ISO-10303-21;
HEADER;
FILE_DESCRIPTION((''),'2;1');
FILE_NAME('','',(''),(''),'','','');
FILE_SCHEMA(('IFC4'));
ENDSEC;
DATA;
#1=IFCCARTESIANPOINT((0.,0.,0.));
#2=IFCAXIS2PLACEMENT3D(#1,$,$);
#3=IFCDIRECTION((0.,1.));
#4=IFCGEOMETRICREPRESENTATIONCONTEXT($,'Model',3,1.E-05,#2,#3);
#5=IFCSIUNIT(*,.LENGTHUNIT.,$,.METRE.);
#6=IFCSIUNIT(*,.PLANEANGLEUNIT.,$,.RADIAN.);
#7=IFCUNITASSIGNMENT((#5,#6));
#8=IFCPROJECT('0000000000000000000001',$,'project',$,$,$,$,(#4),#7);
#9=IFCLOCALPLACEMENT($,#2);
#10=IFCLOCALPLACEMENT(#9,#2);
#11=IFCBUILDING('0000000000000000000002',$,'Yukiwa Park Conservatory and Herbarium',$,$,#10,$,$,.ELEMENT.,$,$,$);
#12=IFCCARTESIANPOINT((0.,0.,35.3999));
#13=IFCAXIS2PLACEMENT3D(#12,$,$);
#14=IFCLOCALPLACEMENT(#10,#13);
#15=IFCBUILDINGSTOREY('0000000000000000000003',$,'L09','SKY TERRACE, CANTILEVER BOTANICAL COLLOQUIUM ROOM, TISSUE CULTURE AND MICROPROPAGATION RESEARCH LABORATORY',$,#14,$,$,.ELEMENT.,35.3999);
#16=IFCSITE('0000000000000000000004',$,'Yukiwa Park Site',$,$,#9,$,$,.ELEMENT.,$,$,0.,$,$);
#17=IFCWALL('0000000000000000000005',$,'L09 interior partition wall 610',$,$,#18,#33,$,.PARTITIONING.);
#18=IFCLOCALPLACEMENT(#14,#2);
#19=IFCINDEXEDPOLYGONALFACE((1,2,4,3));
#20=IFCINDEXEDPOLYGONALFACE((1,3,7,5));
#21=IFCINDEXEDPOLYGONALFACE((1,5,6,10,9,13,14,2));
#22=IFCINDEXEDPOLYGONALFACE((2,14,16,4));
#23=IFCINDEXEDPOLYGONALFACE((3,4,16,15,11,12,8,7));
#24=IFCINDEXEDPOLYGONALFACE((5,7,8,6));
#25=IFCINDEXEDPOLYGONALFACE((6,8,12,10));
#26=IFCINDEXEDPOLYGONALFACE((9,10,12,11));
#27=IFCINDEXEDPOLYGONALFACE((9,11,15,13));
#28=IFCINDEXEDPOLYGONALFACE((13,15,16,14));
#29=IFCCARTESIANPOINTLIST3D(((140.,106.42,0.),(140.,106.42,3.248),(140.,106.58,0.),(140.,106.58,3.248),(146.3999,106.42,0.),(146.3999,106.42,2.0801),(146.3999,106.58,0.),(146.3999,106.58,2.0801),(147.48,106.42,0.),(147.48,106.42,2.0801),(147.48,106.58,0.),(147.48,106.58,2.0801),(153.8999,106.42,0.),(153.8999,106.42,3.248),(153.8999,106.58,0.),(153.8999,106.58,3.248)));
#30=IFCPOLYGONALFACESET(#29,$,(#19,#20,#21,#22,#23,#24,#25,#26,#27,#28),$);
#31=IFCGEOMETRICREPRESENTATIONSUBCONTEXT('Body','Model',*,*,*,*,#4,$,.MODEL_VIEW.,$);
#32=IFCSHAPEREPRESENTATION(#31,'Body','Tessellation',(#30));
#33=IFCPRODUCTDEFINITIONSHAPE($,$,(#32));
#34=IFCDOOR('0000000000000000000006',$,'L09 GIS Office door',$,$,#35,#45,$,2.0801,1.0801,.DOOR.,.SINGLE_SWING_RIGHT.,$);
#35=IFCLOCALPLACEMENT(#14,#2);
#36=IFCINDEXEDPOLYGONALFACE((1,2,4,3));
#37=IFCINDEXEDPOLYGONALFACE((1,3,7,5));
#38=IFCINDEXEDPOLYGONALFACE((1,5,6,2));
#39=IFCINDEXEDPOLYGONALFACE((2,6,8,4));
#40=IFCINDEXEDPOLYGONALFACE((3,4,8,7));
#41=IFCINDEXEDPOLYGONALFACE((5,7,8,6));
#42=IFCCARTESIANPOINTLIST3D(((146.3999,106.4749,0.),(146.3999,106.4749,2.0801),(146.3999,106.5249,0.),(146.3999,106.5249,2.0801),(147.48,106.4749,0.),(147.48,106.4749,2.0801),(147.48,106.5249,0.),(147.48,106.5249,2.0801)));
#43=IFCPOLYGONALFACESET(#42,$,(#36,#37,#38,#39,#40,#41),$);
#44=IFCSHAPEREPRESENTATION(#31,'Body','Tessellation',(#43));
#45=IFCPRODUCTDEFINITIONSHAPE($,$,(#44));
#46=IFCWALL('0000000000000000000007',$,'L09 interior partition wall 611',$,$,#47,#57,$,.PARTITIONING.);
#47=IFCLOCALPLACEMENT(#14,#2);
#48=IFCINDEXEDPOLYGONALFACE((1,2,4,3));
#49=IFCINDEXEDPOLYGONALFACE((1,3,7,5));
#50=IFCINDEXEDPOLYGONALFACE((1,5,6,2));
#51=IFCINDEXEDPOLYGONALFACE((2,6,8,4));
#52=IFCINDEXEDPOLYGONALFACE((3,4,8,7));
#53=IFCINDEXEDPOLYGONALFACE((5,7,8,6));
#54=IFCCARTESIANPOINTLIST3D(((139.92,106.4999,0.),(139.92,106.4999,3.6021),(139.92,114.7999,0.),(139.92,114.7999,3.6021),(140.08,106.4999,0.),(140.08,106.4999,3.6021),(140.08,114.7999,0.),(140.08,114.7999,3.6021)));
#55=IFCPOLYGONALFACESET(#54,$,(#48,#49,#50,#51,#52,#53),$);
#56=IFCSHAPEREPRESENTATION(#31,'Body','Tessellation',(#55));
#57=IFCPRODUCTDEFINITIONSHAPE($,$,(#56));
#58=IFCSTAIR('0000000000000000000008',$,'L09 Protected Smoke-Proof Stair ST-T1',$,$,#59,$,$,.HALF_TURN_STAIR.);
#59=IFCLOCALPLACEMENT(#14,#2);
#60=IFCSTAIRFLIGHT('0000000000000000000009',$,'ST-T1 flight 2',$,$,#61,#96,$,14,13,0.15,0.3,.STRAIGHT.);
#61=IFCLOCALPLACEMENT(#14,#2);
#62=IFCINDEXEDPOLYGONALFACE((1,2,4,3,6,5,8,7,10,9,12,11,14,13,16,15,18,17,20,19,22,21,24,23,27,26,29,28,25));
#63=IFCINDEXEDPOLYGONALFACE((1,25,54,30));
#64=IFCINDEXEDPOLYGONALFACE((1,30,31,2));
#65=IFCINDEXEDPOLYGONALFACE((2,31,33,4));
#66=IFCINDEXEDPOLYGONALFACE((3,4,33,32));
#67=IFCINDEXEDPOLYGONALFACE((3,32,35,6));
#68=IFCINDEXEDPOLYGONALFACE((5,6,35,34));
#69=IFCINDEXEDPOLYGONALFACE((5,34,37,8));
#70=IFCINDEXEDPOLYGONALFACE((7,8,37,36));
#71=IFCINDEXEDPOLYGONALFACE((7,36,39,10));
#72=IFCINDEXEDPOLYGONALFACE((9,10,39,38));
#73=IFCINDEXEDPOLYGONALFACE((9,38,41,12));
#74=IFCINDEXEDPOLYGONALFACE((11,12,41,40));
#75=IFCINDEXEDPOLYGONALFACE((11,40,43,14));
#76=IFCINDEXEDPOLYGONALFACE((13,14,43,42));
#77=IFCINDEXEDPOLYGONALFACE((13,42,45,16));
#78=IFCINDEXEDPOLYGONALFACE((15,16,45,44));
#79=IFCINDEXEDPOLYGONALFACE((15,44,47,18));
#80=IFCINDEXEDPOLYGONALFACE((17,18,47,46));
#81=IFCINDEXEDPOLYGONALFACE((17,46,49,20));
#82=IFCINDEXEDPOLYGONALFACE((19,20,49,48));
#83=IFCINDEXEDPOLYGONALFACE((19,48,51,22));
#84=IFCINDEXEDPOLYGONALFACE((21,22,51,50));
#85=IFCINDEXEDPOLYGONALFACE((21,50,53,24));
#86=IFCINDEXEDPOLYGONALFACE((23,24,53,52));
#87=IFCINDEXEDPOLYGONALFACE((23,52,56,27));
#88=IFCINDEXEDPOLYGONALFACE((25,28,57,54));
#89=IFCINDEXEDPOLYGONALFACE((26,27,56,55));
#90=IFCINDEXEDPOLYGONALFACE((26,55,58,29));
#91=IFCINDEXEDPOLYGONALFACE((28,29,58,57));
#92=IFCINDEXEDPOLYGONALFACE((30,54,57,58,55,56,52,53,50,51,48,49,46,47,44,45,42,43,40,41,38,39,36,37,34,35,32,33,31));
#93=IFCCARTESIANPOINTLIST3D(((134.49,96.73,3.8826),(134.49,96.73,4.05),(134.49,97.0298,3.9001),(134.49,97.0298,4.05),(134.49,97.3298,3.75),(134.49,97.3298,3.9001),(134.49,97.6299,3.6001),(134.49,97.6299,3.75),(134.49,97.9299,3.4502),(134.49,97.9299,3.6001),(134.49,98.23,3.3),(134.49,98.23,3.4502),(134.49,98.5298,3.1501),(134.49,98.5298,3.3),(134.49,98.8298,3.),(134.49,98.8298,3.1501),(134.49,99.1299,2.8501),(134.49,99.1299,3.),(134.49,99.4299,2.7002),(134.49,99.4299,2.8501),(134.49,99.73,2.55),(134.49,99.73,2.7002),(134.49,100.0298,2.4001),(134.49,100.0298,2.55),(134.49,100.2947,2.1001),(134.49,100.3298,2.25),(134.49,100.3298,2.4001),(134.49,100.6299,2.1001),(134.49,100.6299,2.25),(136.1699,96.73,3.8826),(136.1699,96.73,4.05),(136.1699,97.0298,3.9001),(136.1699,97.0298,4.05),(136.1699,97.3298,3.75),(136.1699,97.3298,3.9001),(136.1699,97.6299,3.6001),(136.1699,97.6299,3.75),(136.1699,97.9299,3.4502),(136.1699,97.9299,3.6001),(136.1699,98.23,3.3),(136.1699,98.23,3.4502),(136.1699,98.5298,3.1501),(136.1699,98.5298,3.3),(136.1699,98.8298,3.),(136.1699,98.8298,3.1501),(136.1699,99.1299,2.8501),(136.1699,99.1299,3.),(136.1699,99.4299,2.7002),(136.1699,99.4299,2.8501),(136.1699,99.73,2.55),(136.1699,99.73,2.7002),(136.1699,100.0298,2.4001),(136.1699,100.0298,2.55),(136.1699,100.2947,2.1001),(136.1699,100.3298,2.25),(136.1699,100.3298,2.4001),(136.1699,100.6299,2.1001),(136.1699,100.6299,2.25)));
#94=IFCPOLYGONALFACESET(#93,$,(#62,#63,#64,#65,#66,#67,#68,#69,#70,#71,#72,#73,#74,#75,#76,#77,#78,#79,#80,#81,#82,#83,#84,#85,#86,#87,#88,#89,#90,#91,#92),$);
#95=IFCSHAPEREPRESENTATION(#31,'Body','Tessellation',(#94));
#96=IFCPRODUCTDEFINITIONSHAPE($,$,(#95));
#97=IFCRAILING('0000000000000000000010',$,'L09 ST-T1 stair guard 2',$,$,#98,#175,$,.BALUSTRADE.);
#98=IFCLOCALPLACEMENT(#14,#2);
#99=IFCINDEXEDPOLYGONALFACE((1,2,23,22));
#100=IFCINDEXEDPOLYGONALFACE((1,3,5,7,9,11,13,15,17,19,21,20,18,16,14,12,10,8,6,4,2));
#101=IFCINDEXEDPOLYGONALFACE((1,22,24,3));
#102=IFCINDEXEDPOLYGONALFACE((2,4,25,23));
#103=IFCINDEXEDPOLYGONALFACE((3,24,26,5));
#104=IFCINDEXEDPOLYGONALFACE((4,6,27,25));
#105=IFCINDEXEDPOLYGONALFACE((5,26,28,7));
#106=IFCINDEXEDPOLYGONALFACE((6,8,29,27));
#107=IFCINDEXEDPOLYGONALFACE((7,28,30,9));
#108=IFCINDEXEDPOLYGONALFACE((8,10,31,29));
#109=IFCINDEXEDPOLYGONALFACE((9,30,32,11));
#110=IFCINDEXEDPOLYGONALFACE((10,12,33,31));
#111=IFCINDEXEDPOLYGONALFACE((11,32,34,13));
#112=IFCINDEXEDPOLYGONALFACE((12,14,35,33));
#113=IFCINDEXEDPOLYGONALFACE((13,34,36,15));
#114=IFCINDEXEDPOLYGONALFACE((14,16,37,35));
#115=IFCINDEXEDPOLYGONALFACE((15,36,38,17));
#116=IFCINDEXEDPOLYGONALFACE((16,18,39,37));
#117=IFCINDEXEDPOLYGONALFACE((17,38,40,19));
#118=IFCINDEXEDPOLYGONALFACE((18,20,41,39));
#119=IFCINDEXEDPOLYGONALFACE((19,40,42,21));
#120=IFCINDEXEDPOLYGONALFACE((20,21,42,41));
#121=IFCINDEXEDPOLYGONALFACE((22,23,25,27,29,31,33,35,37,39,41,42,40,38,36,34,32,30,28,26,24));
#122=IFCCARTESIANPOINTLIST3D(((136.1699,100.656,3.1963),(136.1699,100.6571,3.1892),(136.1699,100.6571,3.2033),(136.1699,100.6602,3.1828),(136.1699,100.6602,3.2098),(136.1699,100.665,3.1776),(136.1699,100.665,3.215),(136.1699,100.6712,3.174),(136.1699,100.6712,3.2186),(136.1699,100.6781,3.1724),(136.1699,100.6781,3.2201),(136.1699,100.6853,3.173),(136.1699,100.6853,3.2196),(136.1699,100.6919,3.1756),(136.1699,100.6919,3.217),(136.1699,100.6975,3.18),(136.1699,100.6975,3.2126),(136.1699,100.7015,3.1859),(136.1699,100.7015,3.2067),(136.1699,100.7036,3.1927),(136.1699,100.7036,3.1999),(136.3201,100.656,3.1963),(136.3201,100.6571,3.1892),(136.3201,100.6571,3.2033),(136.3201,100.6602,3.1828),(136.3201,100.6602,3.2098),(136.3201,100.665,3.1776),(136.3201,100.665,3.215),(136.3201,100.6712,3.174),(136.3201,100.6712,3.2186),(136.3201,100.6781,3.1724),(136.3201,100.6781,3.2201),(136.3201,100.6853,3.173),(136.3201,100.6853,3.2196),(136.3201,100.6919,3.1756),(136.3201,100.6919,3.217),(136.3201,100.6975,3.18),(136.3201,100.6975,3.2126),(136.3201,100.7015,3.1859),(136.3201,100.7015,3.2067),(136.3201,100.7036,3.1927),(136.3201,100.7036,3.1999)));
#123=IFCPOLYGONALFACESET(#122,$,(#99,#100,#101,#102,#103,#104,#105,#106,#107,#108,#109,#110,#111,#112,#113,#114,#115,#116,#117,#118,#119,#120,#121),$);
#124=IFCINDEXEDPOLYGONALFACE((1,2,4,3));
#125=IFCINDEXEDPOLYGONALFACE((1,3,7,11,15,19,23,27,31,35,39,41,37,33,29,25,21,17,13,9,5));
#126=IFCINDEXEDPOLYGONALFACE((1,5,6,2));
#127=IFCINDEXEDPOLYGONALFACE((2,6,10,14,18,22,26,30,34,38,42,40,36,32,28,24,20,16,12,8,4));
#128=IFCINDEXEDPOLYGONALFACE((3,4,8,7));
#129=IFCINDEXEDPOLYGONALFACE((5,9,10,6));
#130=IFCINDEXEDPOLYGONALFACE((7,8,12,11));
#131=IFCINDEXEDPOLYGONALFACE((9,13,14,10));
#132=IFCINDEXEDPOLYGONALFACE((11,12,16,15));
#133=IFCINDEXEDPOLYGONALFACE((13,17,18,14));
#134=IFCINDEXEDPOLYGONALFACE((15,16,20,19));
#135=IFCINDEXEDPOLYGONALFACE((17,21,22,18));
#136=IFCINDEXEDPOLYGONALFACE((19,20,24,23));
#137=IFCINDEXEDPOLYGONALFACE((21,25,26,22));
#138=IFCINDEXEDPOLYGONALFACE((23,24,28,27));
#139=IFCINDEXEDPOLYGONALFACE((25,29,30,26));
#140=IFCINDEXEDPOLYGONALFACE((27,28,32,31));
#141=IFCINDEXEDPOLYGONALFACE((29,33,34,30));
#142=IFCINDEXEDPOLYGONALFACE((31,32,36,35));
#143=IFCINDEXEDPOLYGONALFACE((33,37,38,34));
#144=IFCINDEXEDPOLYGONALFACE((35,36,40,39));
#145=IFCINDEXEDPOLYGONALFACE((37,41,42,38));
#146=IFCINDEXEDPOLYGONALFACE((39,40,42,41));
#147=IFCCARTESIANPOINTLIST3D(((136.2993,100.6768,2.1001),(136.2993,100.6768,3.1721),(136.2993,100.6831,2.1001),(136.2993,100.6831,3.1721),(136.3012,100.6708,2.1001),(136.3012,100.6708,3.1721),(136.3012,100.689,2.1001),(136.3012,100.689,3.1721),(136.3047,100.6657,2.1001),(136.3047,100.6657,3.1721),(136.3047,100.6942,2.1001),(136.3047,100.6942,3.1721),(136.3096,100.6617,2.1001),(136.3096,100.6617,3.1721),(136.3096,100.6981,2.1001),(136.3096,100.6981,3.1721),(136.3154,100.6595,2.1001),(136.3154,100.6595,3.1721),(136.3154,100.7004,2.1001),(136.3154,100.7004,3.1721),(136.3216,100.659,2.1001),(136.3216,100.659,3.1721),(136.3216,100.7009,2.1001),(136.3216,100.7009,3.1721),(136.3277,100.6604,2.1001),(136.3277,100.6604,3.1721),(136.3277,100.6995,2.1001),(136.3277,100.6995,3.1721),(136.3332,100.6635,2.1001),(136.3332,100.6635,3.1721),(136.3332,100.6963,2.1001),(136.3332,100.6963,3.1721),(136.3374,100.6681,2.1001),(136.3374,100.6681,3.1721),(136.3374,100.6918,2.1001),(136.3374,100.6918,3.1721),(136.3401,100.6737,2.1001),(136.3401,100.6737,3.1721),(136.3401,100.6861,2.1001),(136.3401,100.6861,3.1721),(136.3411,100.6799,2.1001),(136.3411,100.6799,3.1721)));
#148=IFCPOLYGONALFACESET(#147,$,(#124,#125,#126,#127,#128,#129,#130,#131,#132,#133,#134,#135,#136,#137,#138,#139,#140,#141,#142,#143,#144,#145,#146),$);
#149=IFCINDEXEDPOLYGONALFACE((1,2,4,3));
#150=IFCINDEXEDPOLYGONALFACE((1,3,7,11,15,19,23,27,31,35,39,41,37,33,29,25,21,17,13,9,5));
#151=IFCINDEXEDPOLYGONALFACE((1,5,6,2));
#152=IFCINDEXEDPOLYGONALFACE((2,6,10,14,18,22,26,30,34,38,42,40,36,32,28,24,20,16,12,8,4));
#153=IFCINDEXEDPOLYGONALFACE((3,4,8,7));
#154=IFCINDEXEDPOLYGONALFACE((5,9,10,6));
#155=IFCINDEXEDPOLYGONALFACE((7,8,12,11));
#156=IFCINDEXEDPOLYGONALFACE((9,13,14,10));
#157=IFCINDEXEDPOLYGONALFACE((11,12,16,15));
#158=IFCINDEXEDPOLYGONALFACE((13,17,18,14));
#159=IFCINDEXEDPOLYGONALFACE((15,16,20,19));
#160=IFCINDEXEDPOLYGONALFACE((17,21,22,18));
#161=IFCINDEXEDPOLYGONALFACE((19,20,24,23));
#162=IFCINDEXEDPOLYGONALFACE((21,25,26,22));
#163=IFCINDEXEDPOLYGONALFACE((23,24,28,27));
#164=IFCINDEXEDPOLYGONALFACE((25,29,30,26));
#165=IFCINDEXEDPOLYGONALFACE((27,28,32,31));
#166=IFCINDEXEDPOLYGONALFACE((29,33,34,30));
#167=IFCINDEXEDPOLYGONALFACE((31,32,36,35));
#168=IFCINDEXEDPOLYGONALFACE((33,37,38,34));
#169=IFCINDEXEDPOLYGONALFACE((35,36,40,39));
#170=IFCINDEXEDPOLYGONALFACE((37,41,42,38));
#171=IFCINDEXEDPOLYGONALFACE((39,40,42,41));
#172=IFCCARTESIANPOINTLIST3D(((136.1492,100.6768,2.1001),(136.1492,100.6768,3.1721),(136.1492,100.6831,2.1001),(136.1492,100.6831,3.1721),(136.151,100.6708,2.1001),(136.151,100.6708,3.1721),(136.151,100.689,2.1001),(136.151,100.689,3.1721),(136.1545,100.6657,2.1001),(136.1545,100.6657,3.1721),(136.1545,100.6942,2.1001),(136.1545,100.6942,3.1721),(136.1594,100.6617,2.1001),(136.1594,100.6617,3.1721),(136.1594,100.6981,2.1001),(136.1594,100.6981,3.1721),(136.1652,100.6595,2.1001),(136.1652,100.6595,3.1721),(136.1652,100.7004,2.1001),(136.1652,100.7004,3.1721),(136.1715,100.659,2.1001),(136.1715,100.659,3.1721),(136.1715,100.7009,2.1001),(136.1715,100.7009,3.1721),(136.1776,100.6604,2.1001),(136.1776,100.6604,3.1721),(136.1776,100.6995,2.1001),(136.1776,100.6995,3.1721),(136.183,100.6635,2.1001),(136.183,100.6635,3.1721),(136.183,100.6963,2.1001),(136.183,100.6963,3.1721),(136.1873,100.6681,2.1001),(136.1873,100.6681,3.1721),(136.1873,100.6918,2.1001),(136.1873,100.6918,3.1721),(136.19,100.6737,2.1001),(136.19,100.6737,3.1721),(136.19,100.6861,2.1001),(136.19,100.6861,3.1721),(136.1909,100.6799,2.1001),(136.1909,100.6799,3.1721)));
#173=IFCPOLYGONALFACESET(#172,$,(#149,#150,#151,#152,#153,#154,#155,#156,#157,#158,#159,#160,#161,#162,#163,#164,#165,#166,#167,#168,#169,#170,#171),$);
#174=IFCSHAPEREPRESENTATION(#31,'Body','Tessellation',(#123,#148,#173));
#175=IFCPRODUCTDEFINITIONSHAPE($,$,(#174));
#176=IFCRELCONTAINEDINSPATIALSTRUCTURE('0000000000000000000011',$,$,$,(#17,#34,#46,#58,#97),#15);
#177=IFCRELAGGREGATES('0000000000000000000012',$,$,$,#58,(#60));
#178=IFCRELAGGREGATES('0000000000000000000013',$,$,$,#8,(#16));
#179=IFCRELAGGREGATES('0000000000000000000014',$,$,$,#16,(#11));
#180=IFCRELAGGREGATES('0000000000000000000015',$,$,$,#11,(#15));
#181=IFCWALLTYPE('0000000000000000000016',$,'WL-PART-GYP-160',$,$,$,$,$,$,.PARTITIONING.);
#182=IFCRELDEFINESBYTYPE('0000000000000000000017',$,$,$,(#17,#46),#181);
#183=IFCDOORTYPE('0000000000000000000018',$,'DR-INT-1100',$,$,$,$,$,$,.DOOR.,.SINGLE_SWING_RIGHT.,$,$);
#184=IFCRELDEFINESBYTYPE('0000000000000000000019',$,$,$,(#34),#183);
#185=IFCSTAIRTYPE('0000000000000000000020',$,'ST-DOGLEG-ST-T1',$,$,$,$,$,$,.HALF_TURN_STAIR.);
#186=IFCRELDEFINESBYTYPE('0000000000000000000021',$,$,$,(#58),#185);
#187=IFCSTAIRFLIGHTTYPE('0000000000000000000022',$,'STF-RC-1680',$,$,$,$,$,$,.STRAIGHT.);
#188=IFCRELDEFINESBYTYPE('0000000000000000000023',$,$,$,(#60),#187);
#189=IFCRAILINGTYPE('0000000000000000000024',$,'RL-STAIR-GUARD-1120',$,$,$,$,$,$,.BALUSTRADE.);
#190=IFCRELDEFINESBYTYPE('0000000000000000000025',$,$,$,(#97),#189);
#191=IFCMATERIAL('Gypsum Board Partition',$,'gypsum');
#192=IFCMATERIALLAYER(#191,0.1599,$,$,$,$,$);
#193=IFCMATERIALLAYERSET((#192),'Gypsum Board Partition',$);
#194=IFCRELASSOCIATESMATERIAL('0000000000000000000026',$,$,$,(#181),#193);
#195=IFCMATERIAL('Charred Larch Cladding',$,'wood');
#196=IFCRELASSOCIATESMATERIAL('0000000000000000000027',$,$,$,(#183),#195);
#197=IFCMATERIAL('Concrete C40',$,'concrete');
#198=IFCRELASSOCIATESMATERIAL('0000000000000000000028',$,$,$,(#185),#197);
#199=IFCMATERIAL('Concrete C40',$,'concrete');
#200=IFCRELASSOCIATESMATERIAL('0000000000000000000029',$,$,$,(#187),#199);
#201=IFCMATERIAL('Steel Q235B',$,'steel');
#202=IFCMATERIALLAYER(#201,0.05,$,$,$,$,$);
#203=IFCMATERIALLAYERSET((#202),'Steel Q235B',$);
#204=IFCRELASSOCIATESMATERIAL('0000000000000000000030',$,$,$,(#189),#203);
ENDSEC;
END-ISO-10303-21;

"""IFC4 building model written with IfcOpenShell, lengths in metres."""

from ifc_helpers import new_model, si_unit, direction, frame, frame_2d, origin, origin_2d, place, context, subcontext, project, spatial, polyline, rectangle, circle, outline, extrude, material, layer, layer_set, type_object, element, fill, aggregate, save


model = new_model("IFC4")

# Units and contexts
model_context = context("Model", 3, precision=1e-05, world=origin(), true_north=direction((0.0, 1.0)))
body_context = subcontext(model_context, "Body", "Model", "MODEL_VIEW")
ifc_project = project(units=[si_unit("LENGTHUNIT", "METRE"), si_unit("PLANEANGLEUNIT", "RADIAN")], contexts=[model_context])

# Site, building, storey
site_placement = place(None, origin())
site = spatial("IfcSite", under=ifc_project, at=site_placement, Name="Yukiwa Park Site", CompositionType="ELEMENT", RefElevation=0.0)
building_placement = place(site_placement, origin())
building = spatial("IfcBuilding", under=site, at=building_placement, Name="Yukiwa Park Conservatory and Herbarium", CompositionType="ELEMENT")
storey_placement = place(building_placement, frame((0.0, 0.0, 35.3999)))
storey = spatial("IfcBuildingStorey", under=building, at=storey_placement, Name="L09", Description="SKY TERRACE, CANTILEVER BOTANICAL COLLOQUIUM ROOM, TISSUE CULTURE AND MICROPROPAGATION RESEARCH LABORATORY", CompositionType="ELEMENT", Elevation=35.3999)

# Wall, opening, door
ifc_material_1 = material(Name="Gypsum Board Partition", Category="gypsum")
ifc_layer_1 = layer(ifc_material_1, 0.1599)
ifc_layer_set_1 = layer_set([ifc_layer_1], Name="Gypsum Board Partition")
wall_type_1 = type_object("IfcWallType", Name="WL-PART-GYP-160", PredefinedType="PARTITIONING", material=ifc_layer_set_1)
wall_1_placement = place(storey_placement, frame((140.0, 106.5, 0.0), z_axis=(0.0, 0.0, 1.0), x_axis=(1.0, 0.0, 0.0)))
wall_1 = element("IfcWall", 1, at=wall_1_placement, inside=storey, type_object=wall_type_1, Name="L09 interior partition wall 610", PredefinedType="PARTITIONING", context=body_context, shape_type="SweptSolid", body=[
    extrude(rectangle(XDim=13.8999, YDim=0.1599, at=frame_2d((6.95, 0.0))), origin(), (0.0, 0.0, 1.0), 3.248),
])
opening_1_placement = place(wall_1_placement, frame((6.3999, 0.0, 0.0)))
opening_1 = element("IfcOpeningElement", 2, at=opening_1_placement, cuts=wall_1, PredefinedType="OPENING", context=body_context, shape_type="SweptSolid", body=[
    extrude(rectangle(XDim=1.0801, YDim=2.0801, at=frame_2d((0.54, 1.04))), frame((0.0, 0.0898, 0.0), z_axis=(0.0, -1.0, 0.0), x_axis=(1.0, 0.0, 0.0)), (0.0, 0.0, 1.0), 0.1799),
])
ifc_material_2 = material(Name="Charred Larch Cladding", Category="wood")
door_type = type_object("IfcDoorType", Name="DR-INT-1100", OperationType="SINGLE_SWING_RIGHT", PredefinedType="DOOR", material=ifc_material_2)
door_placement = place(opening_1_placement, origin())
door = element("IfcDoor", 3, at=door_placement, inside=storey, type_object=door_type, Name="L09 GIS Office door", OperationType="SINGLE_SWING_RIGHT", OverallHeight=2.0801, OverallWidth=1.0801, PredefinedType="DOOR", context=body_context, shape_type="SweptSolid", body=[
    extrude(rectangle(XDim=1.0801, YDim=2.0801, at=frame_2d((0.54, 1.04))), frame((0.0, 0.0249, 0.0), z_axis=(0.0, -1.0, 0.0), x_axis=(1.0, 0.0, 0.0)), (0.0, 0.0, 1.0), 0.05),
])
fill(opening_1, door)

# Wall
wall_2_placement = place(storey_placement, frame((140.0, 106.5, 0.0), z_axis=(0.0, 0.0, 1.0), x_axis=(0.0, 1.0, 0.0)))
element("IfcWall", 4, at=wall_2_placement, inside=storey, type_object=wall_type_1, Name="L09 interior partition wall 611", PredefinedType="PARTITIONING", context=body_context, shape_type="SweptSolid", body=[
    extrude(rectangle(XDim=8.3, YDim=0.1599, at=frame_2d((4.1499, 0.0))), origin(), (0.0, 0.0, 1.0), 3.6021),
])

# Stair, stair flight
ifc_material_3 = material(Name="Concrete C40", Category="concrete")
stair_type = type_object("IfcStairType", Name="ST-DOGLEG-ST-T1", PredefinedType="HALF_TURN_STAIR", material=ifc_material_3)
stair_placement = place(storey_placement, origin())
stair = element("IfcStair", 5, at=stair_placement, inside=storey, type_object=stair_type, Name="L09 Protected Smoke-Proof Stair ST-T1", PredefinedType="HALF_TURN_STAIR")
ifc_material_4 = material(Name="Concrete C40", Category="concrete")
stair_flight_type = type_object("IfcStairFlightType", Name="STF-RC-1680", PredefinedType="STRAIGHT", material=ifc_material_4)
stair_flight_placement = place(storey_placement, frame((135.3301, 100.6299, 2.1001), z_axis=(0.0, 0.0, 1.0), x_axis=(0.0, -1.0, 0.0)))
stair_flight = element("IfcStairFlight", 6, at=stair_flight_placement, type_object=stair_flight_type, Name="ST-T1 flight 2", NumberOfRisers=14, NumberOfTreads=13, PredefinedType="STRAIGHT", RiserHeight=0.15, TreadLength=0.3, context=body_context, shape_type="SweptSolid", body=[
    extrude(outline(polyline([(0.0, 0.0), (0.0, 0.1499), (0.3, 0.1499), (0.3, 0.3), (0.6001, 0.3), (0.6001, 0.45), (0.8999, 0.45), (0.8999, 0.6001), (1.2, 0.6001), (1.2, 0.75), (1.5, 0.75), (1.5, 0.8999), (1.8, 0.8999), (1.8, 1.05), (2.1001, 1.05), (2.1001, 1.2), (2.3999, 1.2), (2.3999, 1.3501), (2.7, 1.3501), (2.7, 1.5), (3.0, 1.5), (3.0, 1.6499), (3.3, 1.6499), (3.3, 1.8), (3.6001, 1.8), (3.6001, 1.95), (3.8999, 1.95), (3.8999, 2.1001), (3.8999, 1.7825), (0.3352, 0.0), (0.0, 0.0)])), frame((0.0, 0.8398, 0.0), z_axis=(0.0, -1.0, 0.0), x_axis=(1.0, 0.0, 0.0)), (0.0, 0.0, 1.0), 1.6799),
])
aggregate(stair, [stair_flight])

# Railing
ifc_material_5 = material(Name="Steel Q235B", Category="steel")
ifc_layer_2 = layer(ifc_material_5, 0.05)
ifc_layer_set_2 = layer_set([ifc_layer_2], Name="Steel Q235B")
railing_type_1 = type_object("IfcRailingType", Name="RL-STAIR-GUARD-1120", PredefinedType="BALUSTRADE", material=ifc_layer_set_2)
railing_1_placement = place(storey_placement, frame((136.3201, 100.6799, 2.1001)))
element("IfcRailing", 7, at=railing_1_placement, inside=storey, type_object=railing_type_1, Name="L09 ST-T1 stair guard 2", PredefinedType="BALUSTRADE", context=body_context, shape_type="SweptSolid", body=[
    extrude(circle(Radius=0.0239, at=origin_2d()), frame((0.0, 0.0, 1.0962), z_axis=(-1.0, 0.0, 0.0), x_axis=(0.0, -1.0, 0.0)), (0.0, 0.0, 1.0), 0.1501),
    extrude(circle(Radius=0.021, at=origin_2d()), origin(), (0.0, 0.0, 1.0), 1.072),
    extrude(circle(Radius=0.021, at=origin_2d()), frame((-0.1501, 0.0, 0.0)), (0.0, 0.0, 1.0), 1.072),
])

save(model, "model.ifc")
